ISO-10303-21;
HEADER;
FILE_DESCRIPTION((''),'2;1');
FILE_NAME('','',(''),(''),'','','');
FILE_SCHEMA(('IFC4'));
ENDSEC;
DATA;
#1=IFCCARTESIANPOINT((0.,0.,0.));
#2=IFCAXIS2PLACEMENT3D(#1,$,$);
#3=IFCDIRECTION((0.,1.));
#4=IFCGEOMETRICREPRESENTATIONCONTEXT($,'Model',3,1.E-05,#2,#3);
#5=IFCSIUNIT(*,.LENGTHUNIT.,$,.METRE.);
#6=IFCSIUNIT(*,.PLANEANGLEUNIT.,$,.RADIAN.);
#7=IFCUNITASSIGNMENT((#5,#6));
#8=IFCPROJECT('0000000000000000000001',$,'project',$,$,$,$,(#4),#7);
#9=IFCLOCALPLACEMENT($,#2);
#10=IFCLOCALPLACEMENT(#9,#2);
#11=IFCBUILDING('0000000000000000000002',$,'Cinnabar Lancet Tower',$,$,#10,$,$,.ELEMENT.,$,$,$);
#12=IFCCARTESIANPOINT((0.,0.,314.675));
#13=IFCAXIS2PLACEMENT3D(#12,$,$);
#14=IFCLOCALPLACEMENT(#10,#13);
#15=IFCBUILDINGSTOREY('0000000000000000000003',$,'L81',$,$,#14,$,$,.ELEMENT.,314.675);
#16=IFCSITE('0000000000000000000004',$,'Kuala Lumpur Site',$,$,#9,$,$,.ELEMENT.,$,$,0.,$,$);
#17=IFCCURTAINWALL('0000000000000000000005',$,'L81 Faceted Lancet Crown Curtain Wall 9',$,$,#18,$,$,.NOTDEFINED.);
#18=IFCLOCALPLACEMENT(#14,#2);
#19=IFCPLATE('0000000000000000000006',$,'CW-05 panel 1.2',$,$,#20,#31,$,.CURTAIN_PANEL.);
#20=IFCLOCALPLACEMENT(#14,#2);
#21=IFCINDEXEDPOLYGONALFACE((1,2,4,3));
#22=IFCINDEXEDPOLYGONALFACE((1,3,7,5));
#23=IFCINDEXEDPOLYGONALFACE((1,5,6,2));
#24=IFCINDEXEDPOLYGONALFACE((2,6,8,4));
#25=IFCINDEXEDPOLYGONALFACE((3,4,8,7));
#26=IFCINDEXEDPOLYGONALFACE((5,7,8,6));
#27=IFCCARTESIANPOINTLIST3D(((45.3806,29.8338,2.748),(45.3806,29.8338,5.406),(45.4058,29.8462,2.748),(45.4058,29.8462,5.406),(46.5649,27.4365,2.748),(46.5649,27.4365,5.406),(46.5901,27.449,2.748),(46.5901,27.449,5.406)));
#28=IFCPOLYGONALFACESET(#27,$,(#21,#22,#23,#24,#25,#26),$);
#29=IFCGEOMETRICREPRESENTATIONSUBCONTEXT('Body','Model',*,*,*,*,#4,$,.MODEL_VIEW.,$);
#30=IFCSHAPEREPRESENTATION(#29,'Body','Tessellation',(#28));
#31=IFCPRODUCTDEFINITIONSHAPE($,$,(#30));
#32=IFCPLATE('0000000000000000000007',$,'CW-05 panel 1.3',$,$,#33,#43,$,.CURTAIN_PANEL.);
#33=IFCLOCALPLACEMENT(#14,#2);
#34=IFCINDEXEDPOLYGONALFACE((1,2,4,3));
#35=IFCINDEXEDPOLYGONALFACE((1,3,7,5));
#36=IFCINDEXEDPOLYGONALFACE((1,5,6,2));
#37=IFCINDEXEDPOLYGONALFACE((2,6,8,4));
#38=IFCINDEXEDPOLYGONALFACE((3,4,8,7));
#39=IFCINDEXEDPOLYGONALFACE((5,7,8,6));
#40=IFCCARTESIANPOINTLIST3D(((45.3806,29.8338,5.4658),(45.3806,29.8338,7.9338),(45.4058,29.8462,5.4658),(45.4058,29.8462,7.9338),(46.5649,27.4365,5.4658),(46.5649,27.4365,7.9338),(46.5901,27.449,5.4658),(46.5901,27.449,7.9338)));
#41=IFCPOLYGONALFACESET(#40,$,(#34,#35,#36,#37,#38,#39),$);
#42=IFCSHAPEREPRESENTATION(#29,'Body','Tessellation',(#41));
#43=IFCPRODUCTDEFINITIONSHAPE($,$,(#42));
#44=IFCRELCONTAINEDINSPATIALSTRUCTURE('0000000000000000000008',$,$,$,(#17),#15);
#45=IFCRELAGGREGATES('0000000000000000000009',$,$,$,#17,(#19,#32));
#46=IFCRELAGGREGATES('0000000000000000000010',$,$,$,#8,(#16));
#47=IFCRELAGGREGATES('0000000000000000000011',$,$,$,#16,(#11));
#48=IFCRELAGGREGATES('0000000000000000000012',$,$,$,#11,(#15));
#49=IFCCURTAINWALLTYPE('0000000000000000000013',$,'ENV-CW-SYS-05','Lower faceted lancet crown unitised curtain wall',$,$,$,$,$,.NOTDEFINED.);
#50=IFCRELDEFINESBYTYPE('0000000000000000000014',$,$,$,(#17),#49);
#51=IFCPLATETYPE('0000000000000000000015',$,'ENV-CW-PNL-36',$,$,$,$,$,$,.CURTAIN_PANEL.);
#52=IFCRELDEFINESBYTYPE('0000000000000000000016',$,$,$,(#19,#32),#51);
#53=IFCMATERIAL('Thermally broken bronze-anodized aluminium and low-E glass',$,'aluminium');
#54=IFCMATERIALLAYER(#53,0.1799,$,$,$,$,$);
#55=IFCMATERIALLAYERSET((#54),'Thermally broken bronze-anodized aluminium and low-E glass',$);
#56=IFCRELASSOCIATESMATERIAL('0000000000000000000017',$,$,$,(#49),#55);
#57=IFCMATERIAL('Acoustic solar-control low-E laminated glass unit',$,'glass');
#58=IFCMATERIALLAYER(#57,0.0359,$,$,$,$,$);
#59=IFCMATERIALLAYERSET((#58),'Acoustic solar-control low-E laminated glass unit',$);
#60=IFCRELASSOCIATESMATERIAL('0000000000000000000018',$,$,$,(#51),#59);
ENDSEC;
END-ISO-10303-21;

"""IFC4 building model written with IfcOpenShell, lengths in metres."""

from ifc_helpers import new_model, si_unit, direction, frame, origin, origin_2d, place, context, subcontext, project, spatial, rectangle, extrude, material, layer, layer_set, type_object, element, aggregate, save


model = new_model("IFC4")

# Units and contexts
model_context = context("Model", 3, precision=1e-05, world=origin(), true_north=direction((0.0, 1.0)))
body_context = subcontext(model_context, "Body", "Model", "MODEL_VIEW")
ifc_project = project(units=[si_unit("LENGTHUNIT", "METRE"), si_unit("PLANEANGLEUNIT", "RADIAN")], contexts=[model_context])

# Site, building, storey
site_placement = place(None, origin())
site = spatial("IfcSite", under=ifc_project, at=site_placement, Name="Kuala Lumpur Site", CompositionType="ELEMENT", RefElevation=0.0)
building_placement = place(site_placement, origin())
building = spatial("IfcBuilding", under=site, at=building_placement, Name="Cinnabar Lancet Tower", CompositionType="ELEMENT")
storey_placement = place(building_placement, frame((0.0, 0.0, 314.675)))
storey = spatial("IfcBuildingStorey", under=building, at=storey_placement, Name="L81", CompositionType="ELEMENT", Elevation=314.675)

# Shared definitions
ifc_material_1 = material(Name="Thermally broken bronze-anodized aluminium and low-E glass", Category="aluminium")
ifc_layer_1 = layer(ifc_material_1, 0.1799)
ifc_layer_set_1 = layer_set([ifc_layer_1], Name="Thermally broken bronze-anodized aluminium and low-E glass")
curtain_wall_type = type_object("IfcCurtainWallType", Name="ENV-CW-SYS-05", Description="Lower faceted lancet crown unitised curtain wall", PredefinedType="NOTDEFINED", material=ifc_layer_set_1)

# Curtain wall
curtain_wall_1_placement = place(storey_placement, origin())
curtain_wall_1 = element("IfcCurtainWall", 1, at=curtain_wall_1_placement, inside=storey, type_object=curtain_wall_type, Name="L81 Faceted Lancet Crown Curtain Wall 9", PredefinedType="NOTDEFINED")

# Plates
ifc_material_2 = material(Name="Acoustic solar-control low-E laminated glass unit", Category="glass")
ifc_layer_2 = layer(ifc_material_2, 0.0359)
ifc_layer_set_2 = layer_set([ifc_layer_2], Name="Acoustic solar-control low-E laminated glass unit")
plate_type = type_object("IfcPlateType", Name="ENV-CW-PNL-36", PredefinedType="CURTAIN_PANEL", material=ifc_layer_set_2)
plate_1_placement = place(storey_placement, frame((45.9854, 28.6414, 2.748), z_axis=(0.0, 0.0, 1.0), x_axis=(-0.442939, 0.896552, 0.0)))
plate_1 = element("IfcPlate", 2, at=plate_1_placement, type_object=plate_type, Name="CW-05 panel 1.2", PredefinedType="CURTAIN_PANEL", context=body_context, shape_type="SweptSolid", body=[
    extrude(rectangle(XDim=2.6738, YDim=0.0281, at=origin_2d()), origin(), (0.0, 0.0, 1.0), 2.658),
])
plate_2_placement = place(storey_placement, frame((45.9854, 28.6414, 5.4658), z_axis=(0.0, 0.0, 1.0), x_axis=(-0.442939, 0.896552, 0.0)))
plate_2 = element("IfcPlate", 3, at=plate_2_placement, type_object=plate_type, Name="CW-05 panel 1.3", PredefinedType="CURTAIN_PANEL", context=body_context, shape_type="SweptSolid", body=[
    extrude(rectangle(XDim=2.6738, YDim=0.0281, at=origin_2d()), origin(), (0.0, 0.0, 1.0), 2.468),
])
aggregate(curtain_wall_1, [plate_1, plate_2])

save(model, "model.ifc")
